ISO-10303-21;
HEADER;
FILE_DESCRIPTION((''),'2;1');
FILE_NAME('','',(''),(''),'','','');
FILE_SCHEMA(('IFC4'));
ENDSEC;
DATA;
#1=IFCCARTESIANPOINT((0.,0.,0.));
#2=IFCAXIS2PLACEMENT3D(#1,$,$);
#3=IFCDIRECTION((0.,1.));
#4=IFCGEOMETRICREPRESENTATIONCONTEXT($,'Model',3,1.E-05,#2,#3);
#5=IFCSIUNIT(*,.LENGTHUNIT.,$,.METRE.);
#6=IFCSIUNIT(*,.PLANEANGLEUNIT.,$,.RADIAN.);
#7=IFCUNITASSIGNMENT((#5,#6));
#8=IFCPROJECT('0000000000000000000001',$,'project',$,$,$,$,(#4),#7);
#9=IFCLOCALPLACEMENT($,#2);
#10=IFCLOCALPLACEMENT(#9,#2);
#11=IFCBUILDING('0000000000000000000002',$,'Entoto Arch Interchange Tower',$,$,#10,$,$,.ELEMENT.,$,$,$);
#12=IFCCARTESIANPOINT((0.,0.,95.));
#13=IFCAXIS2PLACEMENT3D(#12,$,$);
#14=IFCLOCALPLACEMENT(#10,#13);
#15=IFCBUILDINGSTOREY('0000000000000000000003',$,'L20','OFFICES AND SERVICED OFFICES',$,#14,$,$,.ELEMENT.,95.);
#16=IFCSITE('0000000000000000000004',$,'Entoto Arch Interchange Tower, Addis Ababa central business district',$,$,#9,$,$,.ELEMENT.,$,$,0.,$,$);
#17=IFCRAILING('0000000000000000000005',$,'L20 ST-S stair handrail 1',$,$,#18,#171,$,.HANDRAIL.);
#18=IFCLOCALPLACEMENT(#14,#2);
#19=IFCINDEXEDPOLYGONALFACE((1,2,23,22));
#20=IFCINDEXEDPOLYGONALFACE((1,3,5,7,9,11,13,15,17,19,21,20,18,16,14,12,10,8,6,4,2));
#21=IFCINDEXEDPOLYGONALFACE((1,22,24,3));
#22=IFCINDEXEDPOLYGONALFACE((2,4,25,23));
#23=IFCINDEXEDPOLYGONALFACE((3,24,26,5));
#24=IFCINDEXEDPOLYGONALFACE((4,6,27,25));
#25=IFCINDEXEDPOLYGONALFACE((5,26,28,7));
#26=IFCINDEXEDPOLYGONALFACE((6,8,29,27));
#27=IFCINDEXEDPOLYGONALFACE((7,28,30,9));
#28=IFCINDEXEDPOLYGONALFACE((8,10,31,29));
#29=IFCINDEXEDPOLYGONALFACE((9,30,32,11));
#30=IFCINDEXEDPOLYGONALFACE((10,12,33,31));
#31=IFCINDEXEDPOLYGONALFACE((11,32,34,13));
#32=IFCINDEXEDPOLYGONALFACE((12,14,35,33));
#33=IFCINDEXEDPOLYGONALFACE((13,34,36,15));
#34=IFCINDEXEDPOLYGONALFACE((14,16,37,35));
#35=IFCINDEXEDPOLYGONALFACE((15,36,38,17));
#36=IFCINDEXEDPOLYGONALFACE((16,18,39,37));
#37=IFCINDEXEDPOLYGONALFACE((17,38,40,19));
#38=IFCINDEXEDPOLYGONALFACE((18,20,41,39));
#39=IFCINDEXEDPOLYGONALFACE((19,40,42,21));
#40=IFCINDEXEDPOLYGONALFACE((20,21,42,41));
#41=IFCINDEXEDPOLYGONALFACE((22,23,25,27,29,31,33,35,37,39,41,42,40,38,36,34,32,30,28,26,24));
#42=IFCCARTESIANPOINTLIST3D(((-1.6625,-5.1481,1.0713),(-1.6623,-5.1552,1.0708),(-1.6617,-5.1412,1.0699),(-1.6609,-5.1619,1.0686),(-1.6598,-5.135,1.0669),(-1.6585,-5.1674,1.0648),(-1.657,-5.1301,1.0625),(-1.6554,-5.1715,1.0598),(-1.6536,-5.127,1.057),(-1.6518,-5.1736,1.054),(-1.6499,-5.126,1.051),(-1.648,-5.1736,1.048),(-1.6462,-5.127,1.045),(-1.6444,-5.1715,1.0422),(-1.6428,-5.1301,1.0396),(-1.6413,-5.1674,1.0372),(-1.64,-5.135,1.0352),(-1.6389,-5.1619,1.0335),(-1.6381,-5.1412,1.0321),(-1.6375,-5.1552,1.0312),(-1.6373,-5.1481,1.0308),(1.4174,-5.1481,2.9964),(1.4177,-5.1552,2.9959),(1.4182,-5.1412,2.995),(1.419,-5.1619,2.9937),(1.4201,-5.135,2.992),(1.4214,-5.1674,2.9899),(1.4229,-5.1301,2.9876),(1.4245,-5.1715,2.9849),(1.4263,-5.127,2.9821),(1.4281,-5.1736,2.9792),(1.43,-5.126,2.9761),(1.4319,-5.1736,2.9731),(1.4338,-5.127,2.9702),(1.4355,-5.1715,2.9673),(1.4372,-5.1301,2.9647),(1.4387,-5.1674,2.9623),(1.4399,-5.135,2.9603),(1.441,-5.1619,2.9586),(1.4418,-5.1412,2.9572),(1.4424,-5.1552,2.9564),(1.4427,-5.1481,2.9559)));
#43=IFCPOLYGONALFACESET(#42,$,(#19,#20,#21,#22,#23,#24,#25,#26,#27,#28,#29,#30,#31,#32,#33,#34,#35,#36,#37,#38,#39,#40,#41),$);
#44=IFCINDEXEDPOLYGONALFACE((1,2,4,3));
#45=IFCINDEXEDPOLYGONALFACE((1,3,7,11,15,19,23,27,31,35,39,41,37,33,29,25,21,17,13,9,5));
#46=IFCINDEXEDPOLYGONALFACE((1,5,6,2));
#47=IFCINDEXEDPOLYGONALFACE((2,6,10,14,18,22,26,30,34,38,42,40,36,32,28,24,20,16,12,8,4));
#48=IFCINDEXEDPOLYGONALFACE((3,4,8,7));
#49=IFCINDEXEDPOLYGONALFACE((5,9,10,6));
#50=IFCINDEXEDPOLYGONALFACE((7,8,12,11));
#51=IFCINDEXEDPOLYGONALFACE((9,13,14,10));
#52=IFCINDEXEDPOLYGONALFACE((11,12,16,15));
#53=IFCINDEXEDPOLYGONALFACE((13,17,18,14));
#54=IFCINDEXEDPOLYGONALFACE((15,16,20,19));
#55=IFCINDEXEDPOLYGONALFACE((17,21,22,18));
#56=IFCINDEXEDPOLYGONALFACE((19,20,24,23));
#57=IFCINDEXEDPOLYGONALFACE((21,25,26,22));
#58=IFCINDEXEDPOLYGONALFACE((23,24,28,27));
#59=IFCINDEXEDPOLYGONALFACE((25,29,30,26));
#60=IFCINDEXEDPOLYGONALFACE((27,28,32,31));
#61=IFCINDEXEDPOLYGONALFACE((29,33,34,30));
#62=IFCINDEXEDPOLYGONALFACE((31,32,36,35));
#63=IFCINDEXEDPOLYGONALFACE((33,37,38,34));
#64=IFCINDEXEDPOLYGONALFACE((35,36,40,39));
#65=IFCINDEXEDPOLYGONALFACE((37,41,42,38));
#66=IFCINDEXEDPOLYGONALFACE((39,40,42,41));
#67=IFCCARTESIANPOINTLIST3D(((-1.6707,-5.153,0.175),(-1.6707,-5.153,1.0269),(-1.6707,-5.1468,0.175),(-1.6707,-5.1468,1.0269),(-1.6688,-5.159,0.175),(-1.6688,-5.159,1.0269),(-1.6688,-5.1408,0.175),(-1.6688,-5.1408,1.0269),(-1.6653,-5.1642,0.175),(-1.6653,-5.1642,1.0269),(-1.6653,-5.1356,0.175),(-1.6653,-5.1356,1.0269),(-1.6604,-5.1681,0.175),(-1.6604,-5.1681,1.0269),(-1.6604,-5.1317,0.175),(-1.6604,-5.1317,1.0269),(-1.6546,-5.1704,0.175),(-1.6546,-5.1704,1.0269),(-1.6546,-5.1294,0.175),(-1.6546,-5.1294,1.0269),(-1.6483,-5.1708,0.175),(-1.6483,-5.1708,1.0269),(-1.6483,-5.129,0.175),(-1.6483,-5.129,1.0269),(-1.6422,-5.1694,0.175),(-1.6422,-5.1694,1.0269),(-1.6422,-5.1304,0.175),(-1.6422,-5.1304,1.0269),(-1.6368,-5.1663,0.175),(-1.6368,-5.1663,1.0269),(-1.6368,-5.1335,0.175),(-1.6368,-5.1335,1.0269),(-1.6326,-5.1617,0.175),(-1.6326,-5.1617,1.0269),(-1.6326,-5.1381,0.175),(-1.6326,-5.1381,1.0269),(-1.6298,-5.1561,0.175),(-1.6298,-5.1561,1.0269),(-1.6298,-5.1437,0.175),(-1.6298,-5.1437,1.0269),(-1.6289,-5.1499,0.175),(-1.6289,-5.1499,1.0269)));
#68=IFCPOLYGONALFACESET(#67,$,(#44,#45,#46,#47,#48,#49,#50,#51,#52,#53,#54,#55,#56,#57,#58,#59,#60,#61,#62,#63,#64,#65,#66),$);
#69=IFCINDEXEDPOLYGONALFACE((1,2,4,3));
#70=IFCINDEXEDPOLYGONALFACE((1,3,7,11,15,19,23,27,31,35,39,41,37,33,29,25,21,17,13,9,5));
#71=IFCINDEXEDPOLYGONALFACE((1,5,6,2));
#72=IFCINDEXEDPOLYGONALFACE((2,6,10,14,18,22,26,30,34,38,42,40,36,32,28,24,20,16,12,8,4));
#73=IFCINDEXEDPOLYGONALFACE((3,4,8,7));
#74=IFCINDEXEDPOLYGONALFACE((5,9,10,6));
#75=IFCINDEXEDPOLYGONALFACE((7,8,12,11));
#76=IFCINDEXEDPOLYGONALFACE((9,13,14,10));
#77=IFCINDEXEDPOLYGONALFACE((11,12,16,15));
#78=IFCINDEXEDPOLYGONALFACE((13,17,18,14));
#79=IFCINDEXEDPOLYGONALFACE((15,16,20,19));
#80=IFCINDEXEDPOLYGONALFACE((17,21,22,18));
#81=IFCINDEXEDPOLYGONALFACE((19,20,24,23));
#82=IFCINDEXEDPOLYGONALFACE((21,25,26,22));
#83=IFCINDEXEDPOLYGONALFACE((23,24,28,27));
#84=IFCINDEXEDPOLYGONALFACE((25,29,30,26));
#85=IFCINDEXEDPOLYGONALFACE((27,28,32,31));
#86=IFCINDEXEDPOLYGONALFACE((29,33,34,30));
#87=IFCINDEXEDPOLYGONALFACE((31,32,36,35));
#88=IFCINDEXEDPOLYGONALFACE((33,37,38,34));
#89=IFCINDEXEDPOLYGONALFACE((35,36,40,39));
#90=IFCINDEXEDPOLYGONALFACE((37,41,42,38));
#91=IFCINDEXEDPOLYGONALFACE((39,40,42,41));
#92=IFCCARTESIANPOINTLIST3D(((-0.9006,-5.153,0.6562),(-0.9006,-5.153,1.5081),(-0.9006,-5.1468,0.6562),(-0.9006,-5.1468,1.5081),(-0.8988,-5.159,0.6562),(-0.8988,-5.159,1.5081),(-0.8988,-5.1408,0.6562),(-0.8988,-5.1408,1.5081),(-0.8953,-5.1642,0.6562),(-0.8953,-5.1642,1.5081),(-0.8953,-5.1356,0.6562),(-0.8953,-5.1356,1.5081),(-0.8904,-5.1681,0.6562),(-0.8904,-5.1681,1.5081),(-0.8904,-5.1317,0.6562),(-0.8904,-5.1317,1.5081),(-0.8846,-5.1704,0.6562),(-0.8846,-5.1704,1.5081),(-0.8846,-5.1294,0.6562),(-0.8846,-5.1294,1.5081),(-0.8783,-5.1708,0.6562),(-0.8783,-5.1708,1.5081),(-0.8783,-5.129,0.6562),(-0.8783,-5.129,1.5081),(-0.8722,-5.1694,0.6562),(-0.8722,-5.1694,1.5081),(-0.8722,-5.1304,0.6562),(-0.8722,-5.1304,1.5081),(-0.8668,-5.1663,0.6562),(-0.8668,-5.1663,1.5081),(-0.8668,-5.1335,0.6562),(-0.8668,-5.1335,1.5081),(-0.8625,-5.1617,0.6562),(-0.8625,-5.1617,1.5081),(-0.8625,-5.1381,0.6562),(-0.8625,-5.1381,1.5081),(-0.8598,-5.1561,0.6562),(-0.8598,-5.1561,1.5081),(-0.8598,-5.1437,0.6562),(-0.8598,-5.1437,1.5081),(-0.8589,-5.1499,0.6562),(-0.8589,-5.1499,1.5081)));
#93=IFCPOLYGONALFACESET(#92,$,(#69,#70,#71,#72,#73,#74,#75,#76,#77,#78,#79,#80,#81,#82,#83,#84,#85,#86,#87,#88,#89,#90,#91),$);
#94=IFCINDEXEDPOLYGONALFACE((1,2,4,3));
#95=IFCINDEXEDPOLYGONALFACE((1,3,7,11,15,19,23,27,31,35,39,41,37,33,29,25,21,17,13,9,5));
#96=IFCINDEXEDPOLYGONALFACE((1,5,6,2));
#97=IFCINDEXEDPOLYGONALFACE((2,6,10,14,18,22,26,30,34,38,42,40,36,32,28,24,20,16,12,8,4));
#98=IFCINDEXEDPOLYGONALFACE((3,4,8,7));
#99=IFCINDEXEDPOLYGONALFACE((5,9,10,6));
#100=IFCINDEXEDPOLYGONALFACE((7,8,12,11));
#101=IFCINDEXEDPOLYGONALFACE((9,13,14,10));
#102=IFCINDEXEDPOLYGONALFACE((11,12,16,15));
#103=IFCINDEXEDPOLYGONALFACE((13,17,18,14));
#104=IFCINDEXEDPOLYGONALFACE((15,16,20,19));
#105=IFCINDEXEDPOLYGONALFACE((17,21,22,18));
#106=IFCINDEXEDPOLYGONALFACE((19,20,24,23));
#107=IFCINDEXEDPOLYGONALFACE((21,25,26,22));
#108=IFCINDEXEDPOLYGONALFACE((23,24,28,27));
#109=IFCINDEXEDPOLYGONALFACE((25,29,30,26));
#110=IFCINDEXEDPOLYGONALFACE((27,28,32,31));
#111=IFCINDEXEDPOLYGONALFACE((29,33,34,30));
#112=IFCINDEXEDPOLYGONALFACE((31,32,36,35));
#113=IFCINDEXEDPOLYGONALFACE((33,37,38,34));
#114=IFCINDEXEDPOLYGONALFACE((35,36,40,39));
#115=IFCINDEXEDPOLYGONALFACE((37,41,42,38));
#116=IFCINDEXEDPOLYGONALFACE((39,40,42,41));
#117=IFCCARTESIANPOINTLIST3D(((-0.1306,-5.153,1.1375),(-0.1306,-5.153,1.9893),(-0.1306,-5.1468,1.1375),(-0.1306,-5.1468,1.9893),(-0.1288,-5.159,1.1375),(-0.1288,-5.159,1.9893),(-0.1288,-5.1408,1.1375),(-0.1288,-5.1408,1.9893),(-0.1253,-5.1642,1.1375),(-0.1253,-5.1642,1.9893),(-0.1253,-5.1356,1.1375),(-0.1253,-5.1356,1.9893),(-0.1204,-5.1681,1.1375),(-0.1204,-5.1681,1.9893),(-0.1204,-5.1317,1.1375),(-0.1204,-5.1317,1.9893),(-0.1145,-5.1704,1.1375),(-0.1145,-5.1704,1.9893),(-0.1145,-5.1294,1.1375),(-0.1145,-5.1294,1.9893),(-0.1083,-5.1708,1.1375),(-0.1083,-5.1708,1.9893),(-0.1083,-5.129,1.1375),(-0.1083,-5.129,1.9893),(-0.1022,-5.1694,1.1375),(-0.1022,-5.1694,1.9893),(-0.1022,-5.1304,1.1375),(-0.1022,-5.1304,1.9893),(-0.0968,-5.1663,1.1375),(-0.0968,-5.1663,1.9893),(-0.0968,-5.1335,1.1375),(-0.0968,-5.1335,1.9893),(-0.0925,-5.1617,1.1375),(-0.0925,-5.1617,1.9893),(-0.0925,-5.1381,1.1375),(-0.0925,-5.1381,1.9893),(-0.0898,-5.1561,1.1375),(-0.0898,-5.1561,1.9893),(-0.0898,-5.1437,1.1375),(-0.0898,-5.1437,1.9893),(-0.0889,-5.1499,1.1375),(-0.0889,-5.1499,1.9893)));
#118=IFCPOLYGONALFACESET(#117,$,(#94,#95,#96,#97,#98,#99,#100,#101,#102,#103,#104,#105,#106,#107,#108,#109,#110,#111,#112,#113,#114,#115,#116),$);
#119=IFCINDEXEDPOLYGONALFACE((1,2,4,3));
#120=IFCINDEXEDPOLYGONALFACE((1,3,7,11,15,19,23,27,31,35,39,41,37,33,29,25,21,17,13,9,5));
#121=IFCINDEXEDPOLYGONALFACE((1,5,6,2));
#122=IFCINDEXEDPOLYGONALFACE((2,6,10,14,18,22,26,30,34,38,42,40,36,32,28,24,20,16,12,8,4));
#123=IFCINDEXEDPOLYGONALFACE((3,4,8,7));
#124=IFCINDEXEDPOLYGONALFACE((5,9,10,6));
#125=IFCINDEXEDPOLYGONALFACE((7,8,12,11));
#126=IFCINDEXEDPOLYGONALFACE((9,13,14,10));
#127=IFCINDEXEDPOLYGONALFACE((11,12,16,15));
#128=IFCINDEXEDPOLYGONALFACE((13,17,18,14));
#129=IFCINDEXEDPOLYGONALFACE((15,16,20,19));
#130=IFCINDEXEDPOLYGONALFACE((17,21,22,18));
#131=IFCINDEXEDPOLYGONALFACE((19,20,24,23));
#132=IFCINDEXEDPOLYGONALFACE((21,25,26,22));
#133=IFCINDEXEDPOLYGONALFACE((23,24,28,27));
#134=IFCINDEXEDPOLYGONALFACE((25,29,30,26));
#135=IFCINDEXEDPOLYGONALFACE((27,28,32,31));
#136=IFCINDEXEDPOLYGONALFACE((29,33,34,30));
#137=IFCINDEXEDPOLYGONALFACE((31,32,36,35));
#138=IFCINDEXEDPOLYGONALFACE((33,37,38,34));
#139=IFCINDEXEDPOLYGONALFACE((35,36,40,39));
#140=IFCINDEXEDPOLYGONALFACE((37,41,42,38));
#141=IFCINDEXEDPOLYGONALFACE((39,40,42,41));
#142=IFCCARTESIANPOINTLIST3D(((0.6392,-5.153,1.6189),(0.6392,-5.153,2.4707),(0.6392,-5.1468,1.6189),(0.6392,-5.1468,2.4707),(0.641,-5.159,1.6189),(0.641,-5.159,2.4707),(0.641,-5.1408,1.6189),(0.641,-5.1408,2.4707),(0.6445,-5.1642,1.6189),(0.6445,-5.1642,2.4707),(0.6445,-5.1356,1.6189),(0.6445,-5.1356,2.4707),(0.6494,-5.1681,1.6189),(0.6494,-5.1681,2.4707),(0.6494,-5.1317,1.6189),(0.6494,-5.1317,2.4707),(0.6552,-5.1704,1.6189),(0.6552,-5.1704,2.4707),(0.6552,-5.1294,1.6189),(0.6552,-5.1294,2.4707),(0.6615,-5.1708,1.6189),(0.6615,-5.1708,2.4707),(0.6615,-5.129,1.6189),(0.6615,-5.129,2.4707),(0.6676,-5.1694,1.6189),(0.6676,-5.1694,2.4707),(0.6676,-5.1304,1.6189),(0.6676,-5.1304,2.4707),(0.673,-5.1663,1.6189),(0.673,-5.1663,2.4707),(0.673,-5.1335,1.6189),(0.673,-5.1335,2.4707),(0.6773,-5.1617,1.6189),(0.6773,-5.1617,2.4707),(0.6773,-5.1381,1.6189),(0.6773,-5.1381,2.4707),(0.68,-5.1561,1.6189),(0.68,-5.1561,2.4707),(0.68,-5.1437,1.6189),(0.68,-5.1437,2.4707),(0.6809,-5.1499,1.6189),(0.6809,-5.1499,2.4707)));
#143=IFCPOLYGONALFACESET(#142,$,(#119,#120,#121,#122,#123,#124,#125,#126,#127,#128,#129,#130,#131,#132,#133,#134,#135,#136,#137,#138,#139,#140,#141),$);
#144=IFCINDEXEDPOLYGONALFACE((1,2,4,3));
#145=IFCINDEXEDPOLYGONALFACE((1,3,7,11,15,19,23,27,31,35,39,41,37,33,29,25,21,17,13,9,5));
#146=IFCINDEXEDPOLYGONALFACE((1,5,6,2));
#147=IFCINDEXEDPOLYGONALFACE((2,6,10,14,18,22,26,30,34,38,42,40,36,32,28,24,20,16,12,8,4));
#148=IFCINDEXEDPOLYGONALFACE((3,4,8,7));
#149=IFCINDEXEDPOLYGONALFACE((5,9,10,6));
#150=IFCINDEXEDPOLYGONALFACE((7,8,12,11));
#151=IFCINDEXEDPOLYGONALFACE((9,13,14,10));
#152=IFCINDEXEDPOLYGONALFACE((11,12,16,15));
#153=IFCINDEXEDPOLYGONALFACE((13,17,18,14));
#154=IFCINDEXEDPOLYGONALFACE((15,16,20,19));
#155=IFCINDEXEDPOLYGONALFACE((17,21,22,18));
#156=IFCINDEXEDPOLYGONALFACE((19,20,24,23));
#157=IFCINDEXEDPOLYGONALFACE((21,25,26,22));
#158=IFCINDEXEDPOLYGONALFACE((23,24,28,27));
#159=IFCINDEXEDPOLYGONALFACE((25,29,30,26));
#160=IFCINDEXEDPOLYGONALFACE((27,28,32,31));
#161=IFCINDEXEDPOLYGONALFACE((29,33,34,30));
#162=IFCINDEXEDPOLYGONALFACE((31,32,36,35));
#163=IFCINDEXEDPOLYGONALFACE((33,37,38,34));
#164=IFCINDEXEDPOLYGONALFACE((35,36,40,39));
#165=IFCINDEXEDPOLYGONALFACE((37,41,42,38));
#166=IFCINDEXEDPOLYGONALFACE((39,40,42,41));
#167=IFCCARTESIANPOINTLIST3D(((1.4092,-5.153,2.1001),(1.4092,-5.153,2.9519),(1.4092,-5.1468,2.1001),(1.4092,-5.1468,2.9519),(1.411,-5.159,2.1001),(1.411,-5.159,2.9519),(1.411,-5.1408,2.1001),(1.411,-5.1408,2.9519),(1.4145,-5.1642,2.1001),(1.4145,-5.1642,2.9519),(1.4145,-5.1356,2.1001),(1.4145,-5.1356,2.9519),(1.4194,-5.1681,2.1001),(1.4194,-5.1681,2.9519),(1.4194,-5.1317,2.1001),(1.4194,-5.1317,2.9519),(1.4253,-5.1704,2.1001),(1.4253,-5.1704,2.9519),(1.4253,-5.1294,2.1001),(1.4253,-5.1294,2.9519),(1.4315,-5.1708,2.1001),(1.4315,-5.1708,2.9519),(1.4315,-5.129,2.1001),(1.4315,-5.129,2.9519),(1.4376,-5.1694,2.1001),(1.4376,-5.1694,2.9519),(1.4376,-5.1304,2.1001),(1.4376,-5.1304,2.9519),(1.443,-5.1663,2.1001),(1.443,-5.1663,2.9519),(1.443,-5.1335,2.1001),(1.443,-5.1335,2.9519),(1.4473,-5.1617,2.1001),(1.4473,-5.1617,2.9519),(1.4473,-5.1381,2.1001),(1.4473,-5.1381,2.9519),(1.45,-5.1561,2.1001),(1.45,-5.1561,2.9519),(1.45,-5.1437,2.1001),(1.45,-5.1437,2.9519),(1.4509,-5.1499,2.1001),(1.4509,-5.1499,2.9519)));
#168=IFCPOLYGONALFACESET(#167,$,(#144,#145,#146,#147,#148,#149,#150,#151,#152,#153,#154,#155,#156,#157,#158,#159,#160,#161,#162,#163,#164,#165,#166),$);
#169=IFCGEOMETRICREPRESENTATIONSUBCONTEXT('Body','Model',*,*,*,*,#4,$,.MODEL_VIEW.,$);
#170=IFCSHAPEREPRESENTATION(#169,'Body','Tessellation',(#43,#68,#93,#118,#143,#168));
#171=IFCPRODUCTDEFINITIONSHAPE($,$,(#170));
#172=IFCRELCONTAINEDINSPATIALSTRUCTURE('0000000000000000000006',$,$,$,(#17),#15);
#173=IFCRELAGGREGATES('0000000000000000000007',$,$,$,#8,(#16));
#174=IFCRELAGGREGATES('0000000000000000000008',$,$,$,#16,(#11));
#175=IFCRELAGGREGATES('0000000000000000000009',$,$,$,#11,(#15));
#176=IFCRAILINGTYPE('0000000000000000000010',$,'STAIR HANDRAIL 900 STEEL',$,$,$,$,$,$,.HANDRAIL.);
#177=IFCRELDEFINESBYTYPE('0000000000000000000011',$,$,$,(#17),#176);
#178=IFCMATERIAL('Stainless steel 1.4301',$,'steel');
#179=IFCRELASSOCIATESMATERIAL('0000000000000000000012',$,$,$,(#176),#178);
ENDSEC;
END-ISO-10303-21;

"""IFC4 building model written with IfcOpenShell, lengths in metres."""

from ifc_helpers import new_model, si_unit, direction, frame, origin, origin_2d, place, context, subcontext, project, spatial, circle, extrude, material, type_object, element, save


model = new_model("IFC4")

# Units and contexts
model_context = context("Model", 3, precision=1e-05, world=origin(), true_north=direction((0.0, 1.0)))
body_context = subcontext(model_context, "Body", "Model", "MODEL_VIEW")
ifc_project = project(units=[si_unit("LENGTHUNIT", "METRE"), si_unit("PLANEANGLEUNIT", "RADIAN")], contexts=[model_context])

# Site, building, storey
site_placement = place(None, origin())
site = spatial("IfcSite", under=ifc_project, at=site_placement, Name="Entoto Arch Interchange Tower, Addis Ababa central business district", CompositionType="ELEMENT", RefElevation=0.0)
building_placement = place(site_placement, origin())
building = spatial("IfcBuilding", under=site, at=building_placement, Name="Entoto Arch Interchange Tower", CompositionType="ELEMENT")
storey_placement = place(building_placement, frame((0.0, 0.0, 95.0)))
storey = spatial("IfcBuildingStorey", under=building, at=storey_placement, Name="L20", Description="OFFICES AND SERVICED OFFICES", CompositionType="ELEMENT", Elevation=95.0)

# Railing
ifc_material_1 = material(Name="Stainless steel 1.4301", Category="steel")
railing_type = type_object("IfcRailingType", Name="STAIR HANDRAIL 900 STEEL", PredefinedType="HANDRAIL", material=ifc_material_1)
railing_placement = place(storey_placement, frame((-1.6499, -5.1499, 0.175)))
element("IfcRailing", 1, at=railing_placement, inside=storey, type_object=railing_type, Name="L20 ST-S stair handrail 1", PredefinedType="HANDRAIL", context=body_context, shape_type="SweptSolid", body=[
    extrude(circle(Radius=0.0239, at=origin_2d()), frame((0.0, 0.0, 0.876), z_axis=(0.847979, 0.0, 0.530029), x_axis=(0.0, 1.0, 0.0)), (0.0, 0.0, 1.0), 3.6321),
    extrude(circle(Radius=0.021, at=origin_2d()), origin(), (0.0, 0.0, 1.0), 0.8518),
    extrude(circle(Radius=0.021, at=origin_2d()), frame((0.77, 0.0, 0.4812)), (0.0, 0.0, 1.0), 0.8518),
    extrude(circle(Radius=0.021, at=origin_2d()), frame((1.54, 0.0, 0.9624)), (0.0, 0.0, 1.0), 0.8518),
    extrude(circle(Radius=0.021, at=origin_2d()), frame((2.3098, 0.0, 1.4438)), (0.0, 0.0, 1.0), 0.8518),
    extrude(circle(Radius=0.021, at=origin_2d()), frame((3.0798, 0.0, 1.925)), (0.0, 0.0, 1.0), 0.8518),
])

save(model, "model.ifc")
